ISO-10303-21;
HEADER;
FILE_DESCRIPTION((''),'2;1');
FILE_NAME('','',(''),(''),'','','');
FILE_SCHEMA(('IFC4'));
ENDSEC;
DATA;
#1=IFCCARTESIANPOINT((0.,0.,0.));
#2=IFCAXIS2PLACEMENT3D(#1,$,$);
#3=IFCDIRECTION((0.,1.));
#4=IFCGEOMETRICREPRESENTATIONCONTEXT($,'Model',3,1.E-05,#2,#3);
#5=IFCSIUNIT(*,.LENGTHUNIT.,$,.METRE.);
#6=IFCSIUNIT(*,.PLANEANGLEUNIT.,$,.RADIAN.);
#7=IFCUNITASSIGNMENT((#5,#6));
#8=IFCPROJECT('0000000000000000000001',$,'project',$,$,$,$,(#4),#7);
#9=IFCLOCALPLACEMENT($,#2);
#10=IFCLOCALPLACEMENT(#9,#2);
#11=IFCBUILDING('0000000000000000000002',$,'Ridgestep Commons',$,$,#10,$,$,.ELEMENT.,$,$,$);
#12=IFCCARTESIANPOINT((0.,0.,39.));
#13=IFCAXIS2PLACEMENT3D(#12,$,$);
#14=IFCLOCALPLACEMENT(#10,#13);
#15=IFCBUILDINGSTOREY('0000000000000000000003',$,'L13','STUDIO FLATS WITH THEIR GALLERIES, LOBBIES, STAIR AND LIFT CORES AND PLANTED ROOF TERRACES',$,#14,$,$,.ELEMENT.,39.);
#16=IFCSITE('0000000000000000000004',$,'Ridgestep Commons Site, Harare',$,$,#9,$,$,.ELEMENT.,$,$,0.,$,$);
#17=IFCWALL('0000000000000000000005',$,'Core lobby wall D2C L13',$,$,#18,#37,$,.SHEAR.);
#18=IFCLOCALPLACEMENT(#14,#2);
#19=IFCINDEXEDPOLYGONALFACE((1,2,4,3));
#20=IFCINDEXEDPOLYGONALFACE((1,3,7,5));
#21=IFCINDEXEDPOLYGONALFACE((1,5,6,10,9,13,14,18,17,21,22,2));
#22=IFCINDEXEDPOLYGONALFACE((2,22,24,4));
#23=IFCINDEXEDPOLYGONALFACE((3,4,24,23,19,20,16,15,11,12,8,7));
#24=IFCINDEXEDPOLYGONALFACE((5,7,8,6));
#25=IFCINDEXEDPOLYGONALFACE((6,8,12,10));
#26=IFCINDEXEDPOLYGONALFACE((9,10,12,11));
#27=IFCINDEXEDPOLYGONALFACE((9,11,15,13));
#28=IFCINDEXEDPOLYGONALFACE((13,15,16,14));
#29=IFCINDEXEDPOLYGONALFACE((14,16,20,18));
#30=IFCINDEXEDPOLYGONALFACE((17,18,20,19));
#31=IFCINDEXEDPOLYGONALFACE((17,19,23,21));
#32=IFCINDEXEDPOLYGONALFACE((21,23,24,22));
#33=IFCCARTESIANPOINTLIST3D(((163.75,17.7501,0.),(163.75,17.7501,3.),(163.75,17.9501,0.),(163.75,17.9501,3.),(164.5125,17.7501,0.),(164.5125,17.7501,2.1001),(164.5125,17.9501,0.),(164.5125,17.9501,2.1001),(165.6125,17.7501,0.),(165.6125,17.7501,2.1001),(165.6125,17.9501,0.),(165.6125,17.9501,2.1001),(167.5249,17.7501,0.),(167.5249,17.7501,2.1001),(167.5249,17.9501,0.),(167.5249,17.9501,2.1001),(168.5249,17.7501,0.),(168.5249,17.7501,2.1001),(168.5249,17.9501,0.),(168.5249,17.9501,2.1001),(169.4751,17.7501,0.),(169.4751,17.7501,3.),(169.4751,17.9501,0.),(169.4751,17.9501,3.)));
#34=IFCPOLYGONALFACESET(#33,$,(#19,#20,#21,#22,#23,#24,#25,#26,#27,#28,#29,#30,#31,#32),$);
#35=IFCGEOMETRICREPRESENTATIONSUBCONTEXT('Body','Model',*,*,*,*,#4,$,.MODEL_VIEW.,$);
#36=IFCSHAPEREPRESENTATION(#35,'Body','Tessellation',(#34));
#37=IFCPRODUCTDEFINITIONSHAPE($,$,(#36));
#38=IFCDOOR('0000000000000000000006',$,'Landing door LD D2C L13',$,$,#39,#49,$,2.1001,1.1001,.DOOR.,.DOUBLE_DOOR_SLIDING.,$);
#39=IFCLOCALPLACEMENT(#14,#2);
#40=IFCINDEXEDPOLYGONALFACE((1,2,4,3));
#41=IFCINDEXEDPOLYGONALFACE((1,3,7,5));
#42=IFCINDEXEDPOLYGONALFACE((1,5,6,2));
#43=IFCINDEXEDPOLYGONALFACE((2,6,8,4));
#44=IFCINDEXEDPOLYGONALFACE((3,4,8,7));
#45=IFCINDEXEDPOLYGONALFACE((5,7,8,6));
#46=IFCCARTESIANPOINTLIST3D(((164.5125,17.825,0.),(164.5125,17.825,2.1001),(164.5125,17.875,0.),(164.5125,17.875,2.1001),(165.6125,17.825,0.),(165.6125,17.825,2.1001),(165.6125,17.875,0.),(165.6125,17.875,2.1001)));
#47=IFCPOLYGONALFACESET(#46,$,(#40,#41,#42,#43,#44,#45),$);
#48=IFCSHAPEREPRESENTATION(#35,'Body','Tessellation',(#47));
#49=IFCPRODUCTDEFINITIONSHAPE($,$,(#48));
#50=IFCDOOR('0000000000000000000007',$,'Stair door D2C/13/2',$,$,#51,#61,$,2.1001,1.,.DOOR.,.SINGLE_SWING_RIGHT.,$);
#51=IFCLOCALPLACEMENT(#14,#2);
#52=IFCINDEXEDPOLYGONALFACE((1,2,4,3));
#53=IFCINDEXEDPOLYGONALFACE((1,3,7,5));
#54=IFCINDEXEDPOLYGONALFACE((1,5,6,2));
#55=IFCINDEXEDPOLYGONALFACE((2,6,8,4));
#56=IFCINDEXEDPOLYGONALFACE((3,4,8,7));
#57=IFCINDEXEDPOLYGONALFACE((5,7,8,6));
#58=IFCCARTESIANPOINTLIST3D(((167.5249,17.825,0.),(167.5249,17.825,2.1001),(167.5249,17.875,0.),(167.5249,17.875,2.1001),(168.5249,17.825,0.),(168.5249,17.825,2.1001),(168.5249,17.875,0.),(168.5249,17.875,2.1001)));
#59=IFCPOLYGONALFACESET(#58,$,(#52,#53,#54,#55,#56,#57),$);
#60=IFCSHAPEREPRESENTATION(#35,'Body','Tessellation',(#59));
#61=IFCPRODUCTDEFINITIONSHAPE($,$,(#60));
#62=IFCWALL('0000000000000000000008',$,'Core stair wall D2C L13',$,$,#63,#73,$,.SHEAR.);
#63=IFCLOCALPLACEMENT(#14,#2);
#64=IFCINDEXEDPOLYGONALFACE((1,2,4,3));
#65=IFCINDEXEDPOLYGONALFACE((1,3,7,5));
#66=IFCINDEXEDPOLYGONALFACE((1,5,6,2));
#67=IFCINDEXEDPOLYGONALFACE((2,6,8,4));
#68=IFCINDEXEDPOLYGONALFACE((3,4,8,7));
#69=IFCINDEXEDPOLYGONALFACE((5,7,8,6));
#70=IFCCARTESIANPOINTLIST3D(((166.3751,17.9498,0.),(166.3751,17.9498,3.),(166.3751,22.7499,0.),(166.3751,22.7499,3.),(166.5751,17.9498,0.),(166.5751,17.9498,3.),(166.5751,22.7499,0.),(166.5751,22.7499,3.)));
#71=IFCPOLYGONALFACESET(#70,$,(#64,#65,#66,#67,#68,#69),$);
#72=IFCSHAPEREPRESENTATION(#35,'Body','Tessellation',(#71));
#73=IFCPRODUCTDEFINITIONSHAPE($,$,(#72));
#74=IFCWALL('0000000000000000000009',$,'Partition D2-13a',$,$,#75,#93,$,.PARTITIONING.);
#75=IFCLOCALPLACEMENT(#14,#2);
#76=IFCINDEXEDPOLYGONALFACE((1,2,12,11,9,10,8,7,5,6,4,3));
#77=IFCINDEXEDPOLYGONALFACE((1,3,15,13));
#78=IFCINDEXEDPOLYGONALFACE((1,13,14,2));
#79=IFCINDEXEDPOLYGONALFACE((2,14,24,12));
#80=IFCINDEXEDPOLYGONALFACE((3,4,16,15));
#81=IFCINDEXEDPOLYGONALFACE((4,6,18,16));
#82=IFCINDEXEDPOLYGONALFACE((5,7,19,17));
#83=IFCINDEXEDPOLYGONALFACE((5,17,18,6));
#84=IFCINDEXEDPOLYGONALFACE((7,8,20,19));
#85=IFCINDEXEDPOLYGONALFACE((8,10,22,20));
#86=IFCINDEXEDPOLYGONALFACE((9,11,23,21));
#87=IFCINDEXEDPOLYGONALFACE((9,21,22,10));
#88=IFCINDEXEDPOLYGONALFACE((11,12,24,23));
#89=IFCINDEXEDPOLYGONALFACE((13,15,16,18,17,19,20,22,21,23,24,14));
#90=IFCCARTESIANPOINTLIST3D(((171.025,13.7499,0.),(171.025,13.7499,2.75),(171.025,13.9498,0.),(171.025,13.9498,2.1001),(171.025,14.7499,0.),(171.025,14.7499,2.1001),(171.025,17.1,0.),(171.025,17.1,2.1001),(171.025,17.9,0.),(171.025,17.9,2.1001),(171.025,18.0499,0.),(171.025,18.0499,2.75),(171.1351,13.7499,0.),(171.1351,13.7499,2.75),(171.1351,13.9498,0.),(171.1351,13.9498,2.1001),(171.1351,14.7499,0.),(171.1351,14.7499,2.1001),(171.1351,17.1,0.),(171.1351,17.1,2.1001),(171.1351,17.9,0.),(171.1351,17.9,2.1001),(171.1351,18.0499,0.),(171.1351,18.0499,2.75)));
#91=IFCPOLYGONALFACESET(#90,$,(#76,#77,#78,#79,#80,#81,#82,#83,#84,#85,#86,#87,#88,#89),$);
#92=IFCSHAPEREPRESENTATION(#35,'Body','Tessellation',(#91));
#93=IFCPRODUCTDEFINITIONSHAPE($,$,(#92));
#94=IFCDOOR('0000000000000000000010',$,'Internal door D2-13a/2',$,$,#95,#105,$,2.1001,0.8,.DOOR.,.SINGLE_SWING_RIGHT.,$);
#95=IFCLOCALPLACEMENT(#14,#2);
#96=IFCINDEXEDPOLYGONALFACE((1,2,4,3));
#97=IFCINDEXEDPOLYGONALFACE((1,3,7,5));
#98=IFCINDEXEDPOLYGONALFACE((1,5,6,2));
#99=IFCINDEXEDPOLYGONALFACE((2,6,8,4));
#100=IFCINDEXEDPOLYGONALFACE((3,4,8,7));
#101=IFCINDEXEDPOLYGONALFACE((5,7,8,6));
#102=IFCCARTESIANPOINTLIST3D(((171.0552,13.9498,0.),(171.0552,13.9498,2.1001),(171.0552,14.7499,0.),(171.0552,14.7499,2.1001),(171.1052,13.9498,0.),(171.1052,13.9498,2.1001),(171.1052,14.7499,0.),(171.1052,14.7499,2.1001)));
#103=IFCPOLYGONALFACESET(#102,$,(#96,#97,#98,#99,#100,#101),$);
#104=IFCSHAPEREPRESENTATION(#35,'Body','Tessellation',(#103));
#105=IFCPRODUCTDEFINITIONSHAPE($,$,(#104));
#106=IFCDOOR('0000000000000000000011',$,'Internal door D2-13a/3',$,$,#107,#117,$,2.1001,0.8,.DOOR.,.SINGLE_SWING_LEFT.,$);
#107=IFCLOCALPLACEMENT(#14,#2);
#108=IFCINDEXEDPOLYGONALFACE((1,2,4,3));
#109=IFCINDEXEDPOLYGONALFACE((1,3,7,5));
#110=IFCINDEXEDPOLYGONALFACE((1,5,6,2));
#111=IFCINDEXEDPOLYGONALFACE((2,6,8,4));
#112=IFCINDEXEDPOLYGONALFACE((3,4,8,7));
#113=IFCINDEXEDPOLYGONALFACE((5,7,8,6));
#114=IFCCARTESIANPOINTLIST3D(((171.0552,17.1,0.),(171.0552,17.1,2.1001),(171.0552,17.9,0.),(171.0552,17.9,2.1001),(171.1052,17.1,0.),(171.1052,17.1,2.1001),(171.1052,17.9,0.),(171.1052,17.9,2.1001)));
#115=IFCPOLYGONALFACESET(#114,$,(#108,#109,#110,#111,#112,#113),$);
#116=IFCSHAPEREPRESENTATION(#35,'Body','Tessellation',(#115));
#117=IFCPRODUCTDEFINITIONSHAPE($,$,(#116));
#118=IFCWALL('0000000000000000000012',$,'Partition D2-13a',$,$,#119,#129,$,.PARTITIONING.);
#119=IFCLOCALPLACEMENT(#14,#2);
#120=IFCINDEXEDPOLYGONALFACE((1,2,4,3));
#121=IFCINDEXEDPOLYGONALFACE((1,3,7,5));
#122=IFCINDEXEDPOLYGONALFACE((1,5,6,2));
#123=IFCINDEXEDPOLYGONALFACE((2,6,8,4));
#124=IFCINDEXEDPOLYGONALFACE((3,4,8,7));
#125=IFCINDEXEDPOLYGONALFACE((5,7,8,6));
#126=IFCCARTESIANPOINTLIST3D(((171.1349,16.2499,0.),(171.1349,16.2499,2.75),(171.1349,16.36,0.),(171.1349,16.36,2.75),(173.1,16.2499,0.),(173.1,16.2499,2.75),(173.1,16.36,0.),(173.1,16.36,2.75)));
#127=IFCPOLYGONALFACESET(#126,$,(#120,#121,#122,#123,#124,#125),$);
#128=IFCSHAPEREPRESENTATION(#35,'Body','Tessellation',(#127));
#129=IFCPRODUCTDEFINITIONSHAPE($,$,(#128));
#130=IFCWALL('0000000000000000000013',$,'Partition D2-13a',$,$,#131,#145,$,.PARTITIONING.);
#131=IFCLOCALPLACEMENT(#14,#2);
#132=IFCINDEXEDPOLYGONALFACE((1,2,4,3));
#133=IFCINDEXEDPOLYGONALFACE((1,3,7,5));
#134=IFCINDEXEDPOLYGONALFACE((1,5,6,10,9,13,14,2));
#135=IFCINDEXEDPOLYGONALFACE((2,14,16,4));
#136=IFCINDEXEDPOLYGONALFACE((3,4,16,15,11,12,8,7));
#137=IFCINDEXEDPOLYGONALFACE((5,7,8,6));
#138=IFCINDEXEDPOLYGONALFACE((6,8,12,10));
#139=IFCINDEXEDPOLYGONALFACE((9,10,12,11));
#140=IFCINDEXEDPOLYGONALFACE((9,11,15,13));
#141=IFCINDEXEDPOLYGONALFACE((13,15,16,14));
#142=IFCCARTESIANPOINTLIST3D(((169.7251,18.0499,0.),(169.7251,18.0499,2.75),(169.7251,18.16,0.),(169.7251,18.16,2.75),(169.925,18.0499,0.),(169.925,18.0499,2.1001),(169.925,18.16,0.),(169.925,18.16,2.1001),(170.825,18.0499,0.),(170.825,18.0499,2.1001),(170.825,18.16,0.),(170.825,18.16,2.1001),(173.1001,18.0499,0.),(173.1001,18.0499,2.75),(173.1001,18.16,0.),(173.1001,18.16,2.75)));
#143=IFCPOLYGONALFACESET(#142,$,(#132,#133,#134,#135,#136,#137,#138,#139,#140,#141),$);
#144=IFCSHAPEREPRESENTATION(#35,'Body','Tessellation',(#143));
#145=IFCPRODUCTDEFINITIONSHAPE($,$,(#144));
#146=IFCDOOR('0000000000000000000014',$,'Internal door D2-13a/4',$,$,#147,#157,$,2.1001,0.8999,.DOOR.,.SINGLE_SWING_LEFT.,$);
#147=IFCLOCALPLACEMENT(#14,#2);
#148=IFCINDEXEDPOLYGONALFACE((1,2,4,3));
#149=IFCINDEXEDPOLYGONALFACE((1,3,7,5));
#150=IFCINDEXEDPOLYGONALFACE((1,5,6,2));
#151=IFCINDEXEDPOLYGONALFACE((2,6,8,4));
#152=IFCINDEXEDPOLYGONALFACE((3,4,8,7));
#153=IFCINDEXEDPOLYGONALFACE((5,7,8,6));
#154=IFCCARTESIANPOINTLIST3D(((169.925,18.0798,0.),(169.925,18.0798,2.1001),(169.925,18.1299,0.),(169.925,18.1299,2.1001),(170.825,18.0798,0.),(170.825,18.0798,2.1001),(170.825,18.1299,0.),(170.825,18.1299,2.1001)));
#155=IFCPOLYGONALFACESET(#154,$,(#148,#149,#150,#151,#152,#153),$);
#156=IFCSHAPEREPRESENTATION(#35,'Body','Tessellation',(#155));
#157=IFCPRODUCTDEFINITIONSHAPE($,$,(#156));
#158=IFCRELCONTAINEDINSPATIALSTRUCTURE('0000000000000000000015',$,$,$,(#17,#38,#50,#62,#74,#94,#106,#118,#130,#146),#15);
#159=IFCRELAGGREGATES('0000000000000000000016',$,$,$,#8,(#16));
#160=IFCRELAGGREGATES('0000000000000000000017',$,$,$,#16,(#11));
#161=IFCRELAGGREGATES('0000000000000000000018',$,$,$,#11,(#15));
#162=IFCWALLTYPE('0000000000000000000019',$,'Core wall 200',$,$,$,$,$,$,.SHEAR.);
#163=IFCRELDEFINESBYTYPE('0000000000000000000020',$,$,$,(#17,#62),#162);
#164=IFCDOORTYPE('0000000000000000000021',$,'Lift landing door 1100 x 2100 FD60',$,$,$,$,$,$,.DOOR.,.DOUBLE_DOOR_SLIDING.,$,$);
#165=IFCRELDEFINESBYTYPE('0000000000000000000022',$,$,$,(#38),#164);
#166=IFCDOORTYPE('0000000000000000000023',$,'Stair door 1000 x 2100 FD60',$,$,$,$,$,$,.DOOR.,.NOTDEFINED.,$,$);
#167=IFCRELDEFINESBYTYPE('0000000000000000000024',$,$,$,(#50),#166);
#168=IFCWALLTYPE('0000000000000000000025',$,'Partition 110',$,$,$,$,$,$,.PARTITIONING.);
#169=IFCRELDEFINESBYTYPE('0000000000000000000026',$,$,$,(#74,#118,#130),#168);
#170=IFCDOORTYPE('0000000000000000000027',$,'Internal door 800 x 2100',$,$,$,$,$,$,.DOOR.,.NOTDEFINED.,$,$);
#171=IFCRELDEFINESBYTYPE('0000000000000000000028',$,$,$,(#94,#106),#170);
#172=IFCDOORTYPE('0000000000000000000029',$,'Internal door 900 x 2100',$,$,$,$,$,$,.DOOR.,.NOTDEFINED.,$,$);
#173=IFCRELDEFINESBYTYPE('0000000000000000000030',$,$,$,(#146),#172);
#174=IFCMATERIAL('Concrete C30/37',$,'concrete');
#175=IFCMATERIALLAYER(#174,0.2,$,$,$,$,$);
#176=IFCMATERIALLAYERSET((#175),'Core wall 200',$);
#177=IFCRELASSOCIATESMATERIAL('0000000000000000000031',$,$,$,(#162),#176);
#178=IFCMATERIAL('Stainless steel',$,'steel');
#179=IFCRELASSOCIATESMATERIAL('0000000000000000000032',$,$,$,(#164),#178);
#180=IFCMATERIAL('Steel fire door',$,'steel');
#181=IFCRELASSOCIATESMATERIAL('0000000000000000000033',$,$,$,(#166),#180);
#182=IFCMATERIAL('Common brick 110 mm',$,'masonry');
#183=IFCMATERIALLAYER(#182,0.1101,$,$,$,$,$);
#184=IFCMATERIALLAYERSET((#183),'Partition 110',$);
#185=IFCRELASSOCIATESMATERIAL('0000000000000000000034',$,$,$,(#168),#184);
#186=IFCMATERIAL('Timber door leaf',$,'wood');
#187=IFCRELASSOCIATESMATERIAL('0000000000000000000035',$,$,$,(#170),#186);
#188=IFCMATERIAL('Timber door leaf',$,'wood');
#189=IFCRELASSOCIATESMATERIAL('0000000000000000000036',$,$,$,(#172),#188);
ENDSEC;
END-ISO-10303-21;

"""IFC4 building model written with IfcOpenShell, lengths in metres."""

from ifc_helpers import new_model, si_unit, direction, frame, frame_2d, origin, place, context, subcontext, project, spatial, rectangle, extrude, material, layer, layer_set, type_object, element, fill, save


model = new_model("IFC4")

# Units and contexts
model_context = context("Model", 3, precision=1e-05, world=origin(), true_north=direction((0.0, 1.0)))
body_context = subcontext(model_context, "Body", "Model", "MODEL_VIEW")
ifc_project = project(units=[si_unit("LENGTHUNIT", "METRE"), si_unit("PLANEANGLEUNIT", "RADIAN")], contexts=[model_context])

# Site, building, storey
site_placement = place(None, origin())
site = spatial("IfcSite", under=ifc_project, at=site_placement, Name="Ridgestep Commons Site, Harare", CompositionType="ELEMENT", RefElevation=0.0)
building_placement = place(site_placement, origin())
building = spatial("IfcBuilding", under=site, at=building_placement, Name="Ridgestep Commons", CompositionType="ELEMENT")
storey_placement = place(building_placement, frame((0.0, 0.0, 39.0)))
storey = spatial("IfcBuildingStorey", under=building, at=storey_placement, Name="L13", Description="STUDIO FLATS WITH THEIR GALLERIES, LOBBIES, STAIR AND LIFT CORES AND PLANTED ROOF TERRACES", CompositionType="ELEMENT", Elevation=39.0)

# Wall, openings, doors
ifc_material_1 = material(Name="Concrete C30/37", Category="concrete")
ifc_layer_1 = layer(ifc_material_1, 0.2)
ifc_layer_set_1 = layer_set([ifc_layer_1], Name="Core wall 200")
wall_type_1 = type_object("IfcWallType", Name="Core wall 200", PredefinedType="SHEAR", material=ifc_layer_set_1)
wall_1_placement = place(storey_placement, frame((163.75, 17.8501, 0.0), z_axis=(0.0, 0.0, 1.0), x_axis=(1.0, 0.0, 0.0)))
wall_1 = element("IfcWall", 1, at=wall_1_placement, inside=storey, type_object=wall_type_1, Name="Core lobby wall D2C L13", PredefinedType="SHEAR", context=body_context, shape_type="SweptSolid", body=[
    extrude(rectangle(XDim=5.7251, YDim=0.2, at=frame_2d((2.8625, 0.0))), origin(), (0.0, 0.0, 1.0), 3.0),
])
opening_1_placement = place(wall_1_placement, frame((3.7749, 0.0, 0.0)))
opening_1 = element("IfcOpeningElement", 2, at=opening_1_placement, cuts=wall_1, PredefinedType="OPENING", context=body_context, shape_type="SweptSolid", body=[
    extrude(rectangle(XDim=1.0, YDim=2.1001, at=frame_2d((0.5, 1.05))), frame((0.0, 0.1099, 0.0), z_axis=(0.0, -1.0, 0.0), x_axis=(1.0, 0.0, 0.0)), (0.0, 0.0, 1.0), 0.22),
])
opening_2_placement = place(wall_1_placement, frame((0.7625, 0.0, 0.0)))
opening_2 = element("IfcOpeningElement", 3, at=opening_2_placement, cuts=wall_1, PredefinedType="OPENING", context=body_context, shape_type="SweptSolid", body=[
    extrude(rectangle(XDim=1.1001, YDim=2.1001, at=frame_2d((0.55, 1.05))), frame((0.0, 0.1099, 0.0), z_axis=(0.0, -1.0, 0.0), x_axis=(1.0, 0.0, 0.0)), (0.0, 0.0, 1.0), 0.22),
])
ifc_material_2 = material(Name="Stainless steel", Category="steel")
door_type_1 = type_object("IfcDoorType", Name="Lift landing door 1100 x 2100 FD60", OperationType="DOUBLE_DOOR_SLIDING", PredefinedType="DOOR", material=ifc_material_2)
door_1_placement = place(opening_2_placement, origin())
door_1 = element("IfcDoor", 4, at=door_1_placement, inside=storey, type_object=door_type_1, Name="Landing door LD D2C L13", OperationType="DOUBLE_DOOR_SLIDING", OverallHeight=2.1001, OverallWidth=1.1001, PredefinedType="DOOR", context=body_context, shape_type="SweptSolid", body=[
    extrude(rectangle(XDim=1.1001, YDim=2.1001, at=frame_2d((0.55, 1.05))), frame((0.0, 0.0249, 0.0), z_axis=(0.0, -1.0, 0.0), x_axis=(1.0, 0.0, 0.0)), (0.0, 0.0, 1.0), 0.05),
])
fill(opening_2, door_1)
ifc_material_3 = material(Name="Steel fire door", Category="steel")
door_type_2 = type_object("IfcDoorType", Name="Stair door 1000 x 2100 FD60", OperationType="NOTDEFINED", PredefinedType="DOOR", material=ifc_material_3)
door_2_placement = place(opening_1_placement, origin())
door_2 = element("IfcDoor", 5, at=door_2_placement, inside=storey, type_object=door_type_2, Name="Stair door D2C/13/2", OperationType="SINGLE_SWING_RIGHT", OverallHeight=2.1001, OverallWidth=1.0, PredefinedType="DOOR", context=body_context, shape_type="SweptSolid", body=[
    extrude(rectangle(XDim=1.0, YDim=2.1001, at=frame_2d((0.5, 1.05))), frame((0.0, 0.0249, 0.0), z_axis=(0.0, -1.0, 0.0), x_axis=(1.0, 0.0, 0.0)), (0.0, 0.0, 1.0), 0.05),
])
fill(opening_1, door_2)

# Wall
wall_2_placement = place(storey_placement, frame((166.4751, 17.95, 0.0), z_axis=(0.0, 0.0, 1.0), x_axis=(0.0, 1.0, 0.0)))
element("IfcWall", 6, at=wall_2_placement, inside=storey, type_object=wall_type_1, Name="Core stair wall D2C L13", PredefinedType="SHEAR", context=body_context, shape_type="SweptSolid", body=[
    extrude(rectangle(XDim=4.8, YDim=0.2, at=frame_2d((2.3999, 0.0))), origin(), (0.0, 0.0, 1.0), 3.0),
])

# Wall, openings, doors
ifc_material_4 = material(Name="Common brick 110 mm", Category="masonry")
ifc_layer_2 = layer(ifc_material_4, 0.1101)
ifc_layer_set_2 = layer_set([ifc_layer_2], Name="Partition 110")
wall_type_2 = type_object("IfcWallType", Name="Partition 110", PredefinedType="PARTITIONING", material=ifc_layer_set_2)
wall_3_placement = place(storey_placement, frame((171.0801, 13.75, 0.0), z_axis=(0.0, 0.0, 1.0), x_axis=(0.0, 1.0, 0.0)))
wall_3 = element("IfcWall", 7, at=wall_3_placement, inside=storey, type_object=wall_type_2, Name="Partition D2-13a", PredefinedType="PARTITIONING", context=body_context, shape_type="SweptSolid", body=[
    extrude(rectangle(XDim=4.3, YDim=0.1101, at=frame_2d((2.1499, 0.0))), origin(), (0.0, 0.0, 1.0), 2.75),
])
opening_3_placement = place(wall_3_placement, frame((0.2, 0.0, 0.0)))
opening_3 = element("IfcOpeningElement", 8, at=opening_3_placement, cuts=wall_3, PredefinedType="OPENING", context=body_context, shape_type="SweptSolid", body=[
    extrude(rectangle(XDim=0.8, YDim=2.1001, at=frame_2d((0.3999, 1.05))), frame((0.0, 0.0649, 0.0), z_axis=(0.0, -1.0, 0.0), x_axis=(1.0, 0.0, 0.0)), (0.0, 0.0, 1.0), 0.1301),
])
opening_4_placement = place(wall_3_placement, frame((3.3501, 0.0, 0.0)))
opening_4 = element("IfcOpeningElement", 9, at=opening_4_placement, cuts=wall_3, PredefinedType="OPENING", context=body_context, shape_type="SweptSolid", body=[
    extrude(rectangle(XDim=0.8, YDim=2.1001, at=frame_2d((0.3999, 1.05))), frame((0.0, 0.0649, 0.0), z_axis=(0.0, -1.0, 0.0), x_axis=(1.0, 0.0, 0.0)), (0.0, 0.0, 1.0), 0.1301),
])
ifc_material_5 = material(Name="Timber door leaf", Category="wood")
door_type_3 = type_object("IfcDoorType", Name="Internal door 800 x 2100", OperationType="NOTDEFINED", PredefinedType="DOOR", material=ifc_material_5)
door_3_placement = place(opening_3_placement, origin())
door_3 = element("IfcDoor", 10, at=door_3_placement, inside=storey, type_object=door_type_3, Name="Internal door D2-13a/2", OperationType="SINGLE_SWING_RIGHT", OverallHeight=2.1001, OverallWidth=0.8, PredefinedType="DOOR", context=body_context, shape_type="SweptSolid", body=[
    extrude(rectangle(XDim=0.8, YDim=2.1001, at=frame_2d((0.3999, 1.05))), frame((0.0, 0.0249, 0.0), z_axis=(0.0, -1.0, 0.0), x_axis=(1.0, 0.0, 0.0)), (0.0, 0.0, 1.0), 0.05),
])
fill(opening_3, door_3)
door_4_placement = place(opening_4_placement, origin())
door_4 = element("IfcDoor", 11, at=door_4_placement, inside=storey, type_object=door_type_3, Name="Internal door D2-13a/3", OperationType="SINGLE_SWING_LEFT", OverallHeight=2.1001, OverallWidth=0.8, PredefinedType="DOOR", context=body_context, shape_type="SweptSolid", body=[
    extrude(rectangle(XDim=0.8, YDim=2.1001, at=frame_2d((0.3999, 1.05))), frame((0.0, 0.0249, 0.0), z_axis=(0.0, -1.0, 0.0), x_axis=(1.0, 0.0, 0.0)), (0.0, 0.0, 1.0), 0.05),
])
fill(opening_4, door_4)

# Wall
wall_4_placement = place(storey_placement, frame((171.135, 16.3049, 0.0), z_axis=(0.0, 0.0, 1.0), x_axis=(1.0, 0.0, 0.0)))
element("IfcWall", 12, at=wall_4_placement, inside=storey, type_object=wall_type_2, Name="Partition D2-13a", PredefinedType="PARTITIONING", context=body_context, shape_type="SweptSolid", body=[
    extrude(rectangle(XDim=1.9651, YDim=0.1101, at=frame_2d((0.9824, 0.0))), origin(), (0.0, 0.0, 1.0), 2.75),
])

# Wall, opening, door
wall_5_placement = place(storey_placement, frame((169.7251, 18.105, 0.0), z_axis=(0.0, 0.0, 1.0), x_axis=(1.0, 0.0, 0.0)))
wall_5 = element("IfcWall", 13, at=wall_5_placement, inside=storey, type_object=wall_type_2, Name="Partition D2-13a", PredefinedType="PARTITIONING", context=body_context, shape_type="SweptSolid", body=[
    extrude(rectangle(XDim=3.375, YDim=0.1101, at=frame_2d((1.6875, 0.0))), origin(), (0.0, 0.0, 1.0), 2.75),
])
opening_5_placement = place(wall_5_placement, frame((0.2, 0.0, 0.0)))
opening_5 = element("IfcOpeningElement", 14, at=opening_5_placement, cuts=wall_5, PredefinedType="OPENING", context=body_context, shape_type="SweptSolid", body=[
    extrude(rectangle(XDim=0.8999, YDim=2.1001, at=frame_2d((0.45, 1.05))), frame((0.0, 0.0649, 0.0), z_axis=(0.0, -1.0, 0.0), x_axis=(1.0, 0.0, 0.0)), (0.0, 0.0, 1.0), 0.1301),
])
ifc_material_6 = material(Name="Timber door leaf", Category="wood")
door_type_4 = type_object("IfcDoorType", Name="Internal door 900 x 2100", OperationType="NOTDEFINED", PredefinedType="DOOR", material=ifc_material_6)
door_5_placement = place(opening_5_placement, origin())
door_5 = element("IfcDoor", 15, at=door_5_placement, inside=storey, type_object=door_type_4, Name="Internal door D2-13a/4", OperationType="SINGLE_SWING_LEFT", OverallHeight=2.1001, OverallWidth=0.8999, PredefinedType="DOOR", context=body_context, shape_type="SweptSolid", body=[
    extrude(rectangle(XDim=0.8999, YDim=2.1001, at=frame_2d((0.45, 1.05))), frame((0.0, 0.0249, 0.0), z_axis=(0.0, -1.0, 0.0), x_axis=(1.0, 0.0, 0.0)), (0.0, 0.0, 1.0), 0.05),
])
fill(opening_5, door_5)

save(model, "model.ifc")
